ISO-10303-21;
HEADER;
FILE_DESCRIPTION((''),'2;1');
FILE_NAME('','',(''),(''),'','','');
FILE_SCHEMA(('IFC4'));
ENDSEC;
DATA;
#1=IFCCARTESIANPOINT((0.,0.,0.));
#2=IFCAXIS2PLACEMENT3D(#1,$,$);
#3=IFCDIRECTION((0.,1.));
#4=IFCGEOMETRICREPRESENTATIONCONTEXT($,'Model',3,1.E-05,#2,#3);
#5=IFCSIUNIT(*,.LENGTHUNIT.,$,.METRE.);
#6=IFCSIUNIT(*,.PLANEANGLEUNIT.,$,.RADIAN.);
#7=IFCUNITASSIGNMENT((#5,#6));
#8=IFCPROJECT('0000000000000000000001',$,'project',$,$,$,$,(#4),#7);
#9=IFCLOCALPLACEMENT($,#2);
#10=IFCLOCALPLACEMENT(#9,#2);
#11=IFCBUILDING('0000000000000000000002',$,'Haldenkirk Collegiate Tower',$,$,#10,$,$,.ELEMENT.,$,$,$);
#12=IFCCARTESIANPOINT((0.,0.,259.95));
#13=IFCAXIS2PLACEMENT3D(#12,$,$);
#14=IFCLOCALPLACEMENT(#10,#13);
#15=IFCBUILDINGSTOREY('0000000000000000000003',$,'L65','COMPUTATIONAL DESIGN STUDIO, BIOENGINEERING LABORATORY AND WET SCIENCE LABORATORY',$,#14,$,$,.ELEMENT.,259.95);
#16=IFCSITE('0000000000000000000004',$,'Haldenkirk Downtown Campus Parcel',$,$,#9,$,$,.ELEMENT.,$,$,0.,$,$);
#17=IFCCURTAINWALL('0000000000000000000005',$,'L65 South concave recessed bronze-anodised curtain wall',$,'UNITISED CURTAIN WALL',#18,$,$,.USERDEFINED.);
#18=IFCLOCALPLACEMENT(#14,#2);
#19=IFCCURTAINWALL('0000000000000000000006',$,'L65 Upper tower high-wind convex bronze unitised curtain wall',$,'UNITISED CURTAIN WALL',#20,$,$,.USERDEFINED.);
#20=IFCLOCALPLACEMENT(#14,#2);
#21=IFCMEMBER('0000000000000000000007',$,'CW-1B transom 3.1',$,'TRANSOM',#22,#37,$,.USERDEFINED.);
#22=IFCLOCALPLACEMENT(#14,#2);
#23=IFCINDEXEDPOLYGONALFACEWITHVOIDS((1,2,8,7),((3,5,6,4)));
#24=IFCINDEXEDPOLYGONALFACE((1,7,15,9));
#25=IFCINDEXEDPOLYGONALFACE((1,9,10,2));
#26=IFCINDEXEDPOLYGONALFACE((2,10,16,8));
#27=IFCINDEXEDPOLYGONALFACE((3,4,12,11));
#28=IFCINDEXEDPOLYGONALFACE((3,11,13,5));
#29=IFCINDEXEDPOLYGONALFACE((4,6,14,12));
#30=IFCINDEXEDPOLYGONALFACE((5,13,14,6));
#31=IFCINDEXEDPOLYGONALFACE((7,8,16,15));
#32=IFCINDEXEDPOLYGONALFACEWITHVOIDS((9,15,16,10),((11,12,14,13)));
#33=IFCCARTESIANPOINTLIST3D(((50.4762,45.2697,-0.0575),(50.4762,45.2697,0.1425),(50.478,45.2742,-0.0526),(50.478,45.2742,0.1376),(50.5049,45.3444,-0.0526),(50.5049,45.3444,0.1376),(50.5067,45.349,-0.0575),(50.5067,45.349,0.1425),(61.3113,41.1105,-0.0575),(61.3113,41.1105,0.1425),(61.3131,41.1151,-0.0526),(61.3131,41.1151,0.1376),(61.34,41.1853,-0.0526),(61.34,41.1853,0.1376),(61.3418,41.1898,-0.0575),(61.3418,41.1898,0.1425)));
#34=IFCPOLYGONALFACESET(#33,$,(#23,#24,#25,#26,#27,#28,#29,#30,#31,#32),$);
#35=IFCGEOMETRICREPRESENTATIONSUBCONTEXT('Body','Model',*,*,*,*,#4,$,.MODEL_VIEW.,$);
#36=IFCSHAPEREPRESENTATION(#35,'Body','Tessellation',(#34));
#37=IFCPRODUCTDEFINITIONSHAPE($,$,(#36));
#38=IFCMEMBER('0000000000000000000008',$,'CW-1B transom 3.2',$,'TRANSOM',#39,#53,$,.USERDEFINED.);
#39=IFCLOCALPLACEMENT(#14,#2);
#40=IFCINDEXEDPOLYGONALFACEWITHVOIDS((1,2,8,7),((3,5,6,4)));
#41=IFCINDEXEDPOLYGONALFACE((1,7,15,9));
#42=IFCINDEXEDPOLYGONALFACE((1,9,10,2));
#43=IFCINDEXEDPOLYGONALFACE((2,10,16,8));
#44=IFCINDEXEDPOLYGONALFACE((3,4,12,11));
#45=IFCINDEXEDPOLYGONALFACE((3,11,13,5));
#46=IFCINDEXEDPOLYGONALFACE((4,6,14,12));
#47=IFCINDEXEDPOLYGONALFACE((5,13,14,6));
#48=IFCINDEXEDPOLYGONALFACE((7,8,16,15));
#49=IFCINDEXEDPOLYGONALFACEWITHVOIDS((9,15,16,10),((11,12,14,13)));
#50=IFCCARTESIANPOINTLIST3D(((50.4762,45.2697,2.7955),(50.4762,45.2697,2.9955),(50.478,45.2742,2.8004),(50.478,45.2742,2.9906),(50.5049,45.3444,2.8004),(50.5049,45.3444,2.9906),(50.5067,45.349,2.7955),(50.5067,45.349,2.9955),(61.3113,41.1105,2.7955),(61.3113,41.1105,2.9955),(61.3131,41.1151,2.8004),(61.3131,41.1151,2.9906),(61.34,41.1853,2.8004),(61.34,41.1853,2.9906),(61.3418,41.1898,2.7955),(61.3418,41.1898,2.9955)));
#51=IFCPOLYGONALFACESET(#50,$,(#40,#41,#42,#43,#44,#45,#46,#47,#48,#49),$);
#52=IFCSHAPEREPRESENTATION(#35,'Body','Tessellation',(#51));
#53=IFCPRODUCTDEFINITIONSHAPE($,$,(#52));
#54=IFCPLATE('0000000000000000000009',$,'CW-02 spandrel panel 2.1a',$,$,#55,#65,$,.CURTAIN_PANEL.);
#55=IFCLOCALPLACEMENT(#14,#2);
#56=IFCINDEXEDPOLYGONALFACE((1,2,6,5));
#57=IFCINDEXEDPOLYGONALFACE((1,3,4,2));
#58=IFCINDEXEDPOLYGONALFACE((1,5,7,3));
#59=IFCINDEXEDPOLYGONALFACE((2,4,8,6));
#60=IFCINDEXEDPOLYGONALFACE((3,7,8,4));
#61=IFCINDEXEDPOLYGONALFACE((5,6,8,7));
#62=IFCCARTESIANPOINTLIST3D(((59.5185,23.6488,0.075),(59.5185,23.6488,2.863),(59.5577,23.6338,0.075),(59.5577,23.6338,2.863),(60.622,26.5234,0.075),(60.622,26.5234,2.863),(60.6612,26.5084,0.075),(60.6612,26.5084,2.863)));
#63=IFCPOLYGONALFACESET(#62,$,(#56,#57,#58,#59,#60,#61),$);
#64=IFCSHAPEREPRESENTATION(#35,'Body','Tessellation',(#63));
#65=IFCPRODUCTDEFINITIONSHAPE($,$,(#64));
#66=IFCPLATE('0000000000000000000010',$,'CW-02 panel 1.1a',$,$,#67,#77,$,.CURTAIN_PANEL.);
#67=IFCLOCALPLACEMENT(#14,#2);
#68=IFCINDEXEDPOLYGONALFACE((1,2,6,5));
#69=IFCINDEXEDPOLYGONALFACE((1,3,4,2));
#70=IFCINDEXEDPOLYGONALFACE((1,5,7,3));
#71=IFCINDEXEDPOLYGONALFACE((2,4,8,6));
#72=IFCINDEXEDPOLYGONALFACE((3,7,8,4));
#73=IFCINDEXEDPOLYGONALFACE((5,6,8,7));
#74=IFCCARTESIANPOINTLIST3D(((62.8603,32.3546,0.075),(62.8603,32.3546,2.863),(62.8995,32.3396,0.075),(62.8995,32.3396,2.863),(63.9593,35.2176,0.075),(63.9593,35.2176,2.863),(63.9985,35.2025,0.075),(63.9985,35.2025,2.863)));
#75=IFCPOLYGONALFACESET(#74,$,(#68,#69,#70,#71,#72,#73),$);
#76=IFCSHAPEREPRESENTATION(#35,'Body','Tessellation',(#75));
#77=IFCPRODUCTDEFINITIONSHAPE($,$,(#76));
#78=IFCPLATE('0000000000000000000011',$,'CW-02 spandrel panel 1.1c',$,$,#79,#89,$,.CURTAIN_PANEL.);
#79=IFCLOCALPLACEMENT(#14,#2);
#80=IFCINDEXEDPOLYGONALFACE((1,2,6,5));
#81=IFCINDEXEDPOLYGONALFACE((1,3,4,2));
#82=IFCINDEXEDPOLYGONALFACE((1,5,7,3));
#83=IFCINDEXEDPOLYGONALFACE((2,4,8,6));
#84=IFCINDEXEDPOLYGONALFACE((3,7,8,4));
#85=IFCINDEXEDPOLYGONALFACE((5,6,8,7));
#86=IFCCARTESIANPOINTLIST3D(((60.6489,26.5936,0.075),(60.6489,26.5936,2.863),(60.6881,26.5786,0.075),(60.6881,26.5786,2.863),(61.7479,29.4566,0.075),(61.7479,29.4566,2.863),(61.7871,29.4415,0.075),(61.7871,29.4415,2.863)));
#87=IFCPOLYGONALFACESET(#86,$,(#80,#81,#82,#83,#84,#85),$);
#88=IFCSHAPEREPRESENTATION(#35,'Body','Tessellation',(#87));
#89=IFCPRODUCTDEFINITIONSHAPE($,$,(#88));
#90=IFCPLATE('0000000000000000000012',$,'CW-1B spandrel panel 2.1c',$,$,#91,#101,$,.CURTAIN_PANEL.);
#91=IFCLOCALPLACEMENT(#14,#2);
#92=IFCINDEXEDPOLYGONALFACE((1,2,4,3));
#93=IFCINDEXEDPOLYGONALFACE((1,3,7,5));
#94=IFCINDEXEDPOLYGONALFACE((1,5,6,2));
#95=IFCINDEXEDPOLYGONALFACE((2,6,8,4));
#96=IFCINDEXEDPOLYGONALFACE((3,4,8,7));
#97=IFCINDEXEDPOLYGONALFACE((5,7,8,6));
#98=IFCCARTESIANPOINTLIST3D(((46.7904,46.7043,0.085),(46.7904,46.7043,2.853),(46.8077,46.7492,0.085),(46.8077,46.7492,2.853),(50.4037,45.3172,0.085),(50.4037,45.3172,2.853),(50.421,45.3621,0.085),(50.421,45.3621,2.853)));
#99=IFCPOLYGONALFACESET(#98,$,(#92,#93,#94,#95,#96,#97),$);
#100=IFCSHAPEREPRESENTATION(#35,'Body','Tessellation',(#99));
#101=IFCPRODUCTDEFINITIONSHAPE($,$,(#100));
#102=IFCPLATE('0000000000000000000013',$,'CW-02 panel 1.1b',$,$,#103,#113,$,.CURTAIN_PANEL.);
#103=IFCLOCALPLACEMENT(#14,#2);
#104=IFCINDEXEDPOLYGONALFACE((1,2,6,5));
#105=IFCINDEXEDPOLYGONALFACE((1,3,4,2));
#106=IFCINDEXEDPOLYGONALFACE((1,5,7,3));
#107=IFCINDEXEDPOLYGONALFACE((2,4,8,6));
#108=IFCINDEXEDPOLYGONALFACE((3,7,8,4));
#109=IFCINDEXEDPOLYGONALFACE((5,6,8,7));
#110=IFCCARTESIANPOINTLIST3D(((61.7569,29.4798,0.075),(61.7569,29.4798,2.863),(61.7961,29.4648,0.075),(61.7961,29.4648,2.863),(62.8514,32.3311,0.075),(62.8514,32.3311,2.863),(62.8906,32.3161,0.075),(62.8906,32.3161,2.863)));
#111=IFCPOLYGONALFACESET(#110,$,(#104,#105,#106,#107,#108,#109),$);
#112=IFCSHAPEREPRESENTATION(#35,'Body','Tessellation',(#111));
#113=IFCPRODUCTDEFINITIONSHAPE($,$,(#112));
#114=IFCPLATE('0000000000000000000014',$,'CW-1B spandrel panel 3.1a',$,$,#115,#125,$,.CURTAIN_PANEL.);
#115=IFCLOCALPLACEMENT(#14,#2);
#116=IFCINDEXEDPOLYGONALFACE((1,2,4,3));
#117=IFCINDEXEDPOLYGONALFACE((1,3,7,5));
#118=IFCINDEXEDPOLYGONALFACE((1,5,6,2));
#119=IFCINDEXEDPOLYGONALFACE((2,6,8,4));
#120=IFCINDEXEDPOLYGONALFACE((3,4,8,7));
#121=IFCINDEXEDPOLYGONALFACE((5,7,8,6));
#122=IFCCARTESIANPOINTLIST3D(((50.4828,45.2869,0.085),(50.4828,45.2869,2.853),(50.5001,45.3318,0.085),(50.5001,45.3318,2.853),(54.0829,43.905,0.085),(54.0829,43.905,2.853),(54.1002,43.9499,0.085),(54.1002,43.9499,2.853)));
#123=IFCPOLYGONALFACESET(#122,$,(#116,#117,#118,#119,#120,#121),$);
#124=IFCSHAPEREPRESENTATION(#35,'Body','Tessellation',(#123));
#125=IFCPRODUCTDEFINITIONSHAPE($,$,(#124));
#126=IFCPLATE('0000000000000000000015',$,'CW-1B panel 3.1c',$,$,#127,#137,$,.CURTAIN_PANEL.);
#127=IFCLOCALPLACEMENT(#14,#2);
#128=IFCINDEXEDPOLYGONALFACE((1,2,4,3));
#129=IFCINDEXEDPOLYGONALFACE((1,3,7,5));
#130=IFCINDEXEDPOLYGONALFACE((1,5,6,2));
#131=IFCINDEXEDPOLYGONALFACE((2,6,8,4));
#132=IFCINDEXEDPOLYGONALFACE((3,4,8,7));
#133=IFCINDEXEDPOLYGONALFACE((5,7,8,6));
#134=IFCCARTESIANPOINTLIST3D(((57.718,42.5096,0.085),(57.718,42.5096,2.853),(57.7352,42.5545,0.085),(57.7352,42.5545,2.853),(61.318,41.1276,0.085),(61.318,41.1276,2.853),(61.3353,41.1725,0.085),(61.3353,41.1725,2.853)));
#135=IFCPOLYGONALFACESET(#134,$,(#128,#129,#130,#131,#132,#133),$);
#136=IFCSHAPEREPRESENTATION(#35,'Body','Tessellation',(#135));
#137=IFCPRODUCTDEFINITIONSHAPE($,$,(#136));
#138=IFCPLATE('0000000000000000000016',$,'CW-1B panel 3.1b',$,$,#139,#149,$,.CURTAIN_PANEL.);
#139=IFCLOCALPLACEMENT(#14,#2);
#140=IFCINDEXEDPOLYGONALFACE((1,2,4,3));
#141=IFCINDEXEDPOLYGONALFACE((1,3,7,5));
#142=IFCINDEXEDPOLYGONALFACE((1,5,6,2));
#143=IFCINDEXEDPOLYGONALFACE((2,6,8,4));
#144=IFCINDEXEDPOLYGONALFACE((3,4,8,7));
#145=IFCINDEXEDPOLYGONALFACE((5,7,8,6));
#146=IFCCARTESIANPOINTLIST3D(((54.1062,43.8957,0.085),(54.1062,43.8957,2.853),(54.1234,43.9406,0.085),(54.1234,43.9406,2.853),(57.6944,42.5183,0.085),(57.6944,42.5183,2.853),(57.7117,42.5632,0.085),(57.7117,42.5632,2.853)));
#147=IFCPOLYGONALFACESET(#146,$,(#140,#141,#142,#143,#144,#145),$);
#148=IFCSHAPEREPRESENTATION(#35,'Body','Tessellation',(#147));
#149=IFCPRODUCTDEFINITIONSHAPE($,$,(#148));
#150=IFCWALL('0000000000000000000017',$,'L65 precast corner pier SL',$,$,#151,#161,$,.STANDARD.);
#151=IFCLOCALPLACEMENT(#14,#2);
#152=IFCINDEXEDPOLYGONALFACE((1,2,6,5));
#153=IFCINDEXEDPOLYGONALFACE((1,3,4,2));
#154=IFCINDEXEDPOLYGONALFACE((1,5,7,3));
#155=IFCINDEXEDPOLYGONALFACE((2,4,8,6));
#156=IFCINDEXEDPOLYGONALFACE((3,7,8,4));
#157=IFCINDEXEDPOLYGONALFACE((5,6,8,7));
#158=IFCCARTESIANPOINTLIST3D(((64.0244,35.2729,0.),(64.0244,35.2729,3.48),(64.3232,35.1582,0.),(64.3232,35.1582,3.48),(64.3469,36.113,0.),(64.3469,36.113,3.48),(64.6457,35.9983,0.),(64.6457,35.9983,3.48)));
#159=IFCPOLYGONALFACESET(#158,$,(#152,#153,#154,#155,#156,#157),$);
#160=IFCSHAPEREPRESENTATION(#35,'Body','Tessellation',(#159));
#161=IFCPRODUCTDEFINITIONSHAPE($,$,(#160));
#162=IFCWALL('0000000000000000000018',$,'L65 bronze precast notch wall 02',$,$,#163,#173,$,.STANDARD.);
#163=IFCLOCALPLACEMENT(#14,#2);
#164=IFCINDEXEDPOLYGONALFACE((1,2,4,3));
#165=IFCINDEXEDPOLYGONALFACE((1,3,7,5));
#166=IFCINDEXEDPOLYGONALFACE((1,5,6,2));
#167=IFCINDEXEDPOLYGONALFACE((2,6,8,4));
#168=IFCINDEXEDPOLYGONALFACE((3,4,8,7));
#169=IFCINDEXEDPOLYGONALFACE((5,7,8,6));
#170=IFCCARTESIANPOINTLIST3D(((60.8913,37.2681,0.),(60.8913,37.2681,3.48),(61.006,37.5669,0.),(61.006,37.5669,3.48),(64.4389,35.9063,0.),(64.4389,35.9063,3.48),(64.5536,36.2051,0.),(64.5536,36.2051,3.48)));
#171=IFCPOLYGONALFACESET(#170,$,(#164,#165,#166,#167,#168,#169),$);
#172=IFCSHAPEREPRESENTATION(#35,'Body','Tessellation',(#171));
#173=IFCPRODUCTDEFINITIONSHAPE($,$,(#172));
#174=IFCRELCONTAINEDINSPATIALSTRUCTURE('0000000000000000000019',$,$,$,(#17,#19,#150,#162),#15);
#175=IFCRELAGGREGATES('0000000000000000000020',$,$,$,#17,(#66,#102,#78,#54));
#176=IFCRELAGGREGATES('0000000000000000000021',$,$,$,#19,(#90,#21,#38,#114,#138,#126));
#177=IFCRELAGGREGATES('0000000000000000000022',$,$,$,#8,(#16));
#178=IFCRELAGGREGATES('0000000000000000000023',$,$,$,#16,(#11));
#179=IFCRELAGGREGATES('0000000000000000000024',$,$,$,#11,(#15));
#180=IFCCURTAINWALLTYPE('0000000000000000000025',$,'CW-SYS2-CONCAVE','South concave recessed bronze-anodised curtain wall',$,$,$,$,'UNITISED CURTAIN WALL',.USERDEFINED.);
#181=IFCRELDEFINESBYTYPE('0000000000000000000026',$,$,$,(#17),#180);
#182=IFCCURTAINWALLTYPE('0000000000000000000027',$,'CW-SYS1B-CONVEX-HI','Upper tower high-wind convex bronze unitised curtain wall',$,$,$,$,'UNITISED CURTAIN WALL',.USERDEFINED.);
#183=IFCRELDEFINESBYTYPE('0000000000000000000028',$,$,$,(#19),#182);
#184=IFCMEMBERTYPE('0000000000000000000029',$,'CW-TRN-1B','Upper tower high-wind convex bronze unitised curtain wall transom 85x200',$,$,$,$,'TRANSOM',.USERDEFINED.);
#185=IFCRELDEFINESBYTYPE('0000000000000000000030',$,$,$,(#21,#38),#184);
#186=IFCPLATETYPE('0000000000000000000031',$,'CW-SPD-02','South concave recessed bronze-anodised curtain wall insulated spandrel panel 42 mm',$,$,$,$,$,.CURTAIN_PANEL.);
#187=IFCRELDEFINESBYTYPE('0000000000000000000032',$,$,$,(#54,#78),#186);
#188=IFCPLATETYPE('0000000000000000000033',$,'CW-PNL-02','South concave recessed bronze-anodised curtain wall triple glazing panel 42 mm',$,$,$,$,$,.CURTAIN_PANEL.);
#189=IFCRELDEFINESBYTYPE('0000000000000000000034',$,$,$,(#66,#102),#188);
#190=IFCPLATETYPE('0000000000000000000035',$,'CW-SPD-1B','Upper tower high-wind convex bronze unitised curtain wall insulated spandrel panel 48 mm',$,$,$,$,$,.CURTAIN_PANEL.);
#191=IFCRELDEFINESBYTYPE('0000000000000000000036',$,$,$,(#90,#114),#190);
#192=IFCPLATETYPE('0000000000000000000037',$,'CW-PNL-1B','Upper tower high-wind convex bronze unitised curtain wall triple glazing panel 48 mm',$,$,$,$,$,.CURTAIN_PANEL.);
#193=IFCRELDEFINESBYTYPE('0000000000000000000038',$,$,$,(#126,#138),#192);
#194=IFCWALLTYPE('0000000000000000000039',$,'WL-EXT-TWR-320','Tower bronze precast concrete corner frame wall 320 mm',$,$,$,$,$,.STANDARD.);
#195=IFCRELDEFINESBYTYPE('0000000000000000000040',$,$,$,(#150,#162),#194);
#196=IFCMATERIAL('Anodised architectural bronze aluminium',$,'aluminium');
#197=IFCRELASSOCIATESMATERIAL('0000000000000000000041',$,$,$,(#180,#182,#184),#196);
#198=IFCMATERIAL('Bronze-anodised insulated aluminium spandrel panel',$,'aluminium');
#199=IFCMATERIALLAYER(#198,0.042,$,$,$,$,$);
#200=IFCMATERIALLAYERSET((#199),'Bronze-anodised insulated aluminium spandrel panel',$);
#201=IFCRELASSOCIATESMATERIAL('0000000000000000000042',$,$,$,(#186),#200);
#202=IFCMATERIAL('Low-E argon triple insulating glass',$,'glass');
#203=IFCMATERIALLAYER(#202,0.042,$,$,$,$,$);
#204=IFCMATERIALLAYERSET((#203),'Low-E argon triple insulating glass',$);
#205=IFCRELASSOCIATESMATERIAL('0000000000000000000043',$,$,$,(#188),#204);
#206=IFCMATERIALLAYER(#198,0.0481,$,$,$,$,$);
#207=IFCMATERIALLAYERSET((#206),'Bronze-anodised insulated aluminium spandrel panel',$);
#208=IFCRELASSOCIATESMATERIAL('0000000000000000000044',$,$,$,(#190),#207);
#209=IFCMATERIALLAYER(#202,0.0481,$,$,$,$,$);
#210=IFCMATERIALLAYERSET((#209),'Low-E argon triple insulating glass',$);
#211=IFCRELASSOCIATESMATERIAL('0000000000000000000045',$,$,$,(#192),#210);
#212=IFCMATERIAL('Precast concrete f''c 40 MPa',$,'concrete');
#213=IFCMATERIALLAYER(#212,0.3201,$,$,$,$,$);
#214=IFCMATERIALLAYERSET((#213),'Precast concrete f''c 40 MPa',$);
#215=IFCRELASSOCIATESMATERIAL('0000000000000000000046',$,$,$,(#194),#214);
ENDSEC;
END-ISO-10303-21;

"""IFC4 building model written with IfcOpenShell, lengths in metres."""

from ifc_helpers import new_model, si_unit, direction, frame, frame_2d, origin, origin_2d, place, context, subcontext, project, spatial, rectangle, hollow_rectangle, extrude, source, transform, mapped, material, layer, layer_set, material_profile, profile_set, type_object, element, aggregate, save


model = new_model("IFC4")

# Units and contexts
model_context = context("Model", 3, precision=1e-05, world=origin(), true_north=direction((0.0, 1.0)))
body_context = subcontext(model_context, "Body", "Model", "MODEL_VIEW")
ifc_project = project(units=[si_unit("LENGTHUNIT", "METRE"), si_unit("PLANEANGLEUNIT", "RADIAN")], contexts=[model_context])

# Site, building, storey
site_placement = place(None, origin())
site = spatial("IfcSite", under=ifc_project, at=site_placement, Name="Haldenkirk Downtown Campus Parcel", CompositionType="ELEMENT", RefElevation=0.0)
building_placement = place(site_placement, origin())
building = spatial("IfcBuilding", under=site, at=building_placement, Name="Haldenkirk Collegiate Tower", CompositionType="ELEMENT")
storey_placement = place(building_placement, frame((0.0, 0.0, 259.95)))
storey = spatial("IfcBuildingStorey", under=building, at=storey_placement, Name="L65", Description="COMPUTATIONAL DESIGN STUDIO, BIOENGINEERING LABORATORY AND WET SCIENCE LABORATORY", CompositionType="ELEMENT", Elevation=259.95)

# Curtain walls
ifc_material_1 = material(Name="Anodised architectural bronze aluminium", Category="aluminium")
curtain_wall_type_1 = type_object("IfcCurtainWallType", Name="CW-SYS2-CONCAVE", Description="South concave recessed bronze-anodised curtain wall", ElementType="UNITISED CURTAIN WALL", PredefinedType="USERDEFINED", material=ifc_material_1)
curtain_wall_1_placement = place(storey_placement, origin())
curtain_wall_1 = element("IfcCurtainWall", 1, at=curtain_wall_1_placement, inside=storey, type_object=curtain_wall_type_1, Name="L65 South concave recessed bronze-anodised curtain wall", ObjectType="UNITISED CURTAIN WALL", PredefinedType="USERDEFINED")
curtain_wall_type_2 = type_object("IfcCurtainWallType", Name="CW-SYS1B-CONVEX-HI", Description="Upper tower high-wind convex bronze unitised curtain wall", ElementType="UNITISED CURTAIN WALL", PredefinedType="USERDEFINED", material=ifc_material_1)
curtain_wall_2_placement = place(storey_placement, origin())
curtain_wall_2 = element("IfcCurtainWall", 2, at=curtain_wall_2_placement, inside=storey, type_object=curtain_wall_type_2, Name="L65 Upper tower high-wind convex bronze unitised curtain wall", ObjectType="UNITISED CURTAIN WALL", PredefinedType="USERDEFINED")

# Members
ifc_material_profile_1 = material_profile(ifc_material_1, hollow_rectangle(XDim=0.085, YDim=0.2, WallThickness=0.0049, at=origin_2d()), Name="CW-TRN-1B")
ifc_profile_set_1 = profile_set([ifc_material_profile_1], Name="Anodised architectural bronze aluminium")
member_type_1 = type_object("IfcMemberType", Name="CW-TRN-1B", Description="Upper tower high-wind convex bronze unitised curtain wall transom 85x200", ElementType="TRANSOM", PredefinedType="USERDEFINED", material=ifc_profile_set_1)
member_1_placement = place(storey_placement, frame((50.4915, 45.3093, 0.0425), z_axis=(0.933582, -0.358363, 0.0), x_axis=(0.358363, 0.933582, 0.0)))
member_1 = element("IfcMember", 3, at=member_1_placement, type_object=member_type_1, Name="CW-1B transom 3.1", ObjectType="TRANSOM", PredefinedType="USERDEFINED", context=body_context, shape_type="SweptSolid", body=[
    extrude(hollow_rectangle(XDim=0.085, YDim=0.2, WallThickness=0.0049, at=origin_2d()), origin(), (0.0, 0.0, 1.0), 11.606),
])
member_2_placement = place(storey_placement, frame((50.4915, 45.3093, 2.8955), z_axis=(0.933582, -0.358363, 0.0), x_axis=(0.358363, 0.933582, 0.0)))
member_2 = element("IfcMember", 4, at=member_2_placement, type_object=member_type_1, Name="CW-1B transom 3.2", ObjectType="TRANSOM", PredefinedType="USERDEFINED", context=body_context, shape_type="SweptSolid", body=[
    extrude(hollow_rectangle(XDim=0.085, YDim=0.2, WallThickness=0.0049, at=origin_2d()), origin(), (0.0, 0.0, 1.0), 11.606),
])

# Plates
ifc_material_2 = material(Name="Bronze-anodised insulated aluminium spandrel panel", Category="aluminium")
ifc_layer_1 = layer(ifc_material_2, 0.042)
ifc_layer_set_1 = layer_set([ifc_layer_1], Name="Bronze-anodised insulated aluminium spandrel panel")
plate_type_1 = type_object("IfcPlateType", Name="CW-SPD-02", Description="South concave recessed bronze-anodised curtain wall insulated spandrel panel 42 mm", PredefinedType="CURTAIN_PANEL", material=ifc_layer_set_1)
shared_shape_1 = source(origin(), body_context, "Body", "SweptSolid", [
    extrude(rectangle(XDim=3.0791, YDim=0.042, at=origin_2d()), origin(), (0.0, 0.0, 1.0), 2.7881),
])
plate_1_placement = place(storey_placement, frame((60.0898, 25.0786, 0.075), z_axis=(0.0, 0.0, 1.0), x_axis=(-0.358371, -0.933579, 0.0)))
plate_1 = element("IfcPlate", 5, at=plate_1_placement, type_object=plate_type_1, Name="CW-02 spandrel panel 2.1a", PredefinedType="CURTAIN_PANEL", context=body_context, shape_type="MappedRepresentation", body=[
    mapped(shared_shape_1, transform((0.0, 0.0, 0.0), x_axis=(1.0, 0.0, 0.0), y_axis=(0.0, 1.0, 0.0), z_axis=(0.0, 0.0, 1.0), scale=1.0)),
])
ifc_material_3 = material(Name="Low-E argon triple insulating glass", Category="glass")
ifc_layer_2 = layer(ifc_material_3, 0.042)
ifc_layer_set_2 = layer_set([ifc_layer_2], Name="Low-E argon triple insulating glass")
plate_type_2 = type_object("IfcPlateType", Name="CW-PNL-02", Description="South concave recessed bronze-anodised curtain wall triple glazing panel 42 mm", PredefinedType="CURTAIN_PANEL", material=ifc_layer_set_2)
shared_shape_2 = source(origin(), body_context, "Body", "SweptSolid", [
    extrude(rectangle(XDim=3.0667, YDim=0.042, at=origin_2d()), origin(), (0.0, 0.0, 1.0), 2.7881),
])
plate_2_placement = place(storey_placement, frame((63.4294, 33.7786, 0.075), z_axis=(0.0, 0.0, 1.0), x_axis=(-0.358371, -0.933579, 0.0)))
plate_2 = element("IfcPlate", 6, at=plate_2_placement, type_object=plate_type_2, Name="CW-02 panel 1.1a", PredefinedType="CURTAIN_PANEL", context=body_context, shape_type="MappedRepresentation", body=[
    mapped(shared_shape_2, transform((0.0, 0.0, 0.0), x_axis=(1.0, 0.0, 0.0), y_axis=(0.0, 1.0, 0.0), z_axis=(0.0, 0.0, 1.0), scale=1.0)),
])
plate_3_placement = place(storey_placement, frame((61.218, 28.0176, 0.075), z_axis=(0.0, 0.0, 1.0), x_axis=(-0.358371, -0.933579, 0.0)))
plate_3 = element("IfcPlate", 7, at=plate_3_placement, type_object=plate_type_1, Name="CW-02 spandrel panel 1.1c", PredefinedType="CURTAIN_PANEL", context=body_context, shape_type="MappedRepresentation", body=[
    mapped(shared_shape_2, transform((0.0, 0.0, 0.0), x_axis=(1.0, 0.0, 0.0), y_axis=(0.0, 1.0, 0.0), z_axis=(0.0, 0.0, 1.0), scale=1.0)),
])
ifc_layer_3 = layer(ifc_material_2, 0.0481)
ifc_layer_set_3 = layer_set([ifc_layer_3], Name="Bronze-anodised insulated aluminium spandrel panel")
plate_type_3 = type_object("IfcPlateType", Name="CW-SPD-1B", Description="Upper tower high-wind convex bronze unitised curtain wall insulated spandrel panel 48 mm", PredefinedType="CURTAIN_PANEL", material=ifc_layer_set_3)
shared_shape_3 = source(origin(), body_context, "Body", "SweptSolid", [
    extrude(rectangle(XDim=3.8704, YDim=0.0481, at=origin_2d()), origin(), (0.0, 0.0, 1.0), 2.7681),
])
plate_4_placement = place(storey_placement, frame((48.6057, 46.0332, 0.085), z_axis=(0.0, 0.0, 1.0), x_axis=(0.93358, -0.358368, 0.0)))
plate_4 = element("IfcPlate", 8, at=plate_4_placement, type_object=plate_type_3, Name="CW-1B spandrel panel 2.1c", PredefinedType="CURTAIN_PANEL", context=body_context, shape_type="MappedRepresentation", body=[
    mapped(shared_shape_3, transform((0.0, 0.0, 0.0), x_axis=(1.0, 0.0, 0.0), y_axis=(0.0, 1.0, 0.0), z_axis=(0.0, 0.0, 1.0), scale=1.0)),
])
shared_shape_4 = source(origin(), body_context, "Body", "SweptSolid", [
    extrude(rectangle(XDim=3.0542, YDim=0.042, at=origin_2d()), origin(), (0.0, 0.0, 1.0), 2.7881),
])
plate_5_placement = place(storey_placement, frame((62.3237, 30.8979, 0.075), z_axis=(0.0, 0.0, 1.0), x_axis=(-0.358371, -0.933579, 0.0)))
plate_5 = element("IfcPlate", 9, at=plate_5_placement, type_object=plate_type_2, Name="CW-02 panel 1.1b", PredefinedType="CURTAIN_PANEL", context=body_context, shape_type="MappedRepresentation", body=[
    mapped(shared_shape_4, transform((0.0, 0.0, 0.0), x_axis=(1.0, 0.0, 0.0), y_axis=(0.0, 1.0, 0.0), z_axis=(0.0, 0.0, 1.0), scale=1.0)),
])
aggregate(curtain_wall_1, [plate_2, plate_5, plate_3, plate_1])
shared_shape_5 = source(origin(), body_context, "Body", "SweptSolid", [
    extrude(rectangle(XDim=3.8562, YDim=0.0481, at=origin_2d()), origin(), (0.0, 0.0, 1.0), 2.7681),
])
plate_6_placement = place(storey_placement, frame((52.2915, 44.6184, 0.085), z_axis=(0.0, 0.0, 1.0), x_axis=(0.93358, -0.358368, 0.0)))
plate_6 = element("IfcPlate", 10, at=plate_6_placement, type_object=plate_type_3, Name="CW-1B spandrel panel 3.1a", PredefinedType="CURTAIN_PANEL", context=body_context, shape_type="MappedRepresentation", body=[
    mapped(shared_shape_5, transform((0.0, 0.0, 0.0), x_axis=(1.0, 0.0, 0.0), y_axis=(0.0, 1.0, 0.0), z_axis=(0.0, 0.0, 1.0), scale=1.0)),
])
ifc_layer_4 = layer(ifc_material_3, 0.0481)
ifc_layer_set_4 = layer_set([ifc_layer_4], Name="Low-E argon triple insulating glass")
plate_type_4 = type_object("IfcPlateType", Name="CW-PNL-1B", Description="Upper tower high-wind convex bronze unitised curtain wall triple glazing panel 48 mm", PredefinedType="CURTAIN_PANEL", material=ifc_layer_set_4)
plate_7_placement = place(storey_placement, frame((59.5266, 41.8411, 0.085), z_axis=(0.0, 0.0, 1.0), x_axis=(0.93358, -0.358368, 0.0)))
plate_7 = element("IfcPlate", 11, at=plate_7_placement, type_object=plate_type_4, Name="CW-1B panel 3.1c", PredefinedType="CURTAIN_PANEL", context=body_context, shape_type="MappedRepresentation", body=[
    mapped(shared_shape_5, transform((0.0, 0.0, 0.0), x_axis=(1.0, 0.0, 0.0), y_axis=(0.0, 1.0, 0.0), z_axis=(0.0, 0.0, 1.0), scale=1.0)),
])
shared_shape_6 = source(origin(), body_context, "Body", "SweptSolid", [
    extrude(rectangle(XDim=3.8435, YDim=0.0481, at=origin_2d()), origin(), (0.0, 0.0, 1.0), 2.7681),
])
plate_8_placement = place(storey_placement, frame((55.9089, 43.2295, 0.085), z_axis=(0.0, 0.0, 1.0), x_axis=(0.93358, -0.358368, 0.0)))
plate_8 = element("IfcPlate", 12, at=plate_8_placement, type_object=plate_type_4, Name="CW-1B panel 3.1b", PredefinedType="CURTAIN_PANEL", context=body_context, shape_type="MappedRepresentation", body=[
    mapped(shared_shape_6, transform((0.0, 0.0, 0.0), x_axis=(1.0, 0.0, 0.0), y_axis=(0.0, 1.0, 0.0), z_axis=(0.0, 0.0, 1.0), scale=1.0)),
])
aggregate(curtain_wall_2, [plate_4, member_1, member_2, plate_6, plate_8, plate_7])

# Walls
ifc_material_4 = material(Name="Precast concrete f'c 40 MPa", Category="concrete")
ifc_layer_5 = layer(ifc_material_4, 0.3201)
ifc_layer_set_5 = layer_set([ifc_layer_5], Name="Precast concrete f'c 40 MPa")
wall_type_1 = type_object("IfcWallType", Name="WL-EXT-TWR-320", Description="Tower bronze precast concrete corner frame wall 320 mm", PredefinedType="STANDARD", material=ifc_layer_set_5)
wall_1_placement = place(storey_placement, frame((64.4963, 36.0557, 0.0), z_axis=(0.0, 0.0, 1.0), x_axis=(-0.358397, -0.933569, 0.0)))
element("IfcWall", 13, at=wall_1_placement, inside=storey, type_object=wall_type_1, Name="L65 precast corner pier SL", PredefinedType="STANDARD", context=body_context, shape_type="SweptSolid", body=[
    extrude(rectangle(XDim=0.8999, YDim=0.3201, at=frame_2d((0.45, 0.0))), origin(), (0.0, 0.0, 1.0), 3.48),
])
wall_2_placement = place(storey_placement, frame((60.9487, 37.4175, 0.0), z_axis=(0.0, 0.0, 1.0), x_axis=(0.933579, -0.358372, 0.0)))
element("IfcWall", 14, at=wall_2_placement, inside=storey, type_object=wall_type_1, Name="L65 bronze precast notch wall 02", PredefinedType="STANDARD", context=body_context, shape_type="SweptSolid", body=[
    extrude(rectangle(XDim=3.8, YDim=0.3201, at=frame_2d((1.8999, 0.0))), origin(), (0.0, 0.0, 1.0), 3.48),
])

save(model, "model.ifc")
